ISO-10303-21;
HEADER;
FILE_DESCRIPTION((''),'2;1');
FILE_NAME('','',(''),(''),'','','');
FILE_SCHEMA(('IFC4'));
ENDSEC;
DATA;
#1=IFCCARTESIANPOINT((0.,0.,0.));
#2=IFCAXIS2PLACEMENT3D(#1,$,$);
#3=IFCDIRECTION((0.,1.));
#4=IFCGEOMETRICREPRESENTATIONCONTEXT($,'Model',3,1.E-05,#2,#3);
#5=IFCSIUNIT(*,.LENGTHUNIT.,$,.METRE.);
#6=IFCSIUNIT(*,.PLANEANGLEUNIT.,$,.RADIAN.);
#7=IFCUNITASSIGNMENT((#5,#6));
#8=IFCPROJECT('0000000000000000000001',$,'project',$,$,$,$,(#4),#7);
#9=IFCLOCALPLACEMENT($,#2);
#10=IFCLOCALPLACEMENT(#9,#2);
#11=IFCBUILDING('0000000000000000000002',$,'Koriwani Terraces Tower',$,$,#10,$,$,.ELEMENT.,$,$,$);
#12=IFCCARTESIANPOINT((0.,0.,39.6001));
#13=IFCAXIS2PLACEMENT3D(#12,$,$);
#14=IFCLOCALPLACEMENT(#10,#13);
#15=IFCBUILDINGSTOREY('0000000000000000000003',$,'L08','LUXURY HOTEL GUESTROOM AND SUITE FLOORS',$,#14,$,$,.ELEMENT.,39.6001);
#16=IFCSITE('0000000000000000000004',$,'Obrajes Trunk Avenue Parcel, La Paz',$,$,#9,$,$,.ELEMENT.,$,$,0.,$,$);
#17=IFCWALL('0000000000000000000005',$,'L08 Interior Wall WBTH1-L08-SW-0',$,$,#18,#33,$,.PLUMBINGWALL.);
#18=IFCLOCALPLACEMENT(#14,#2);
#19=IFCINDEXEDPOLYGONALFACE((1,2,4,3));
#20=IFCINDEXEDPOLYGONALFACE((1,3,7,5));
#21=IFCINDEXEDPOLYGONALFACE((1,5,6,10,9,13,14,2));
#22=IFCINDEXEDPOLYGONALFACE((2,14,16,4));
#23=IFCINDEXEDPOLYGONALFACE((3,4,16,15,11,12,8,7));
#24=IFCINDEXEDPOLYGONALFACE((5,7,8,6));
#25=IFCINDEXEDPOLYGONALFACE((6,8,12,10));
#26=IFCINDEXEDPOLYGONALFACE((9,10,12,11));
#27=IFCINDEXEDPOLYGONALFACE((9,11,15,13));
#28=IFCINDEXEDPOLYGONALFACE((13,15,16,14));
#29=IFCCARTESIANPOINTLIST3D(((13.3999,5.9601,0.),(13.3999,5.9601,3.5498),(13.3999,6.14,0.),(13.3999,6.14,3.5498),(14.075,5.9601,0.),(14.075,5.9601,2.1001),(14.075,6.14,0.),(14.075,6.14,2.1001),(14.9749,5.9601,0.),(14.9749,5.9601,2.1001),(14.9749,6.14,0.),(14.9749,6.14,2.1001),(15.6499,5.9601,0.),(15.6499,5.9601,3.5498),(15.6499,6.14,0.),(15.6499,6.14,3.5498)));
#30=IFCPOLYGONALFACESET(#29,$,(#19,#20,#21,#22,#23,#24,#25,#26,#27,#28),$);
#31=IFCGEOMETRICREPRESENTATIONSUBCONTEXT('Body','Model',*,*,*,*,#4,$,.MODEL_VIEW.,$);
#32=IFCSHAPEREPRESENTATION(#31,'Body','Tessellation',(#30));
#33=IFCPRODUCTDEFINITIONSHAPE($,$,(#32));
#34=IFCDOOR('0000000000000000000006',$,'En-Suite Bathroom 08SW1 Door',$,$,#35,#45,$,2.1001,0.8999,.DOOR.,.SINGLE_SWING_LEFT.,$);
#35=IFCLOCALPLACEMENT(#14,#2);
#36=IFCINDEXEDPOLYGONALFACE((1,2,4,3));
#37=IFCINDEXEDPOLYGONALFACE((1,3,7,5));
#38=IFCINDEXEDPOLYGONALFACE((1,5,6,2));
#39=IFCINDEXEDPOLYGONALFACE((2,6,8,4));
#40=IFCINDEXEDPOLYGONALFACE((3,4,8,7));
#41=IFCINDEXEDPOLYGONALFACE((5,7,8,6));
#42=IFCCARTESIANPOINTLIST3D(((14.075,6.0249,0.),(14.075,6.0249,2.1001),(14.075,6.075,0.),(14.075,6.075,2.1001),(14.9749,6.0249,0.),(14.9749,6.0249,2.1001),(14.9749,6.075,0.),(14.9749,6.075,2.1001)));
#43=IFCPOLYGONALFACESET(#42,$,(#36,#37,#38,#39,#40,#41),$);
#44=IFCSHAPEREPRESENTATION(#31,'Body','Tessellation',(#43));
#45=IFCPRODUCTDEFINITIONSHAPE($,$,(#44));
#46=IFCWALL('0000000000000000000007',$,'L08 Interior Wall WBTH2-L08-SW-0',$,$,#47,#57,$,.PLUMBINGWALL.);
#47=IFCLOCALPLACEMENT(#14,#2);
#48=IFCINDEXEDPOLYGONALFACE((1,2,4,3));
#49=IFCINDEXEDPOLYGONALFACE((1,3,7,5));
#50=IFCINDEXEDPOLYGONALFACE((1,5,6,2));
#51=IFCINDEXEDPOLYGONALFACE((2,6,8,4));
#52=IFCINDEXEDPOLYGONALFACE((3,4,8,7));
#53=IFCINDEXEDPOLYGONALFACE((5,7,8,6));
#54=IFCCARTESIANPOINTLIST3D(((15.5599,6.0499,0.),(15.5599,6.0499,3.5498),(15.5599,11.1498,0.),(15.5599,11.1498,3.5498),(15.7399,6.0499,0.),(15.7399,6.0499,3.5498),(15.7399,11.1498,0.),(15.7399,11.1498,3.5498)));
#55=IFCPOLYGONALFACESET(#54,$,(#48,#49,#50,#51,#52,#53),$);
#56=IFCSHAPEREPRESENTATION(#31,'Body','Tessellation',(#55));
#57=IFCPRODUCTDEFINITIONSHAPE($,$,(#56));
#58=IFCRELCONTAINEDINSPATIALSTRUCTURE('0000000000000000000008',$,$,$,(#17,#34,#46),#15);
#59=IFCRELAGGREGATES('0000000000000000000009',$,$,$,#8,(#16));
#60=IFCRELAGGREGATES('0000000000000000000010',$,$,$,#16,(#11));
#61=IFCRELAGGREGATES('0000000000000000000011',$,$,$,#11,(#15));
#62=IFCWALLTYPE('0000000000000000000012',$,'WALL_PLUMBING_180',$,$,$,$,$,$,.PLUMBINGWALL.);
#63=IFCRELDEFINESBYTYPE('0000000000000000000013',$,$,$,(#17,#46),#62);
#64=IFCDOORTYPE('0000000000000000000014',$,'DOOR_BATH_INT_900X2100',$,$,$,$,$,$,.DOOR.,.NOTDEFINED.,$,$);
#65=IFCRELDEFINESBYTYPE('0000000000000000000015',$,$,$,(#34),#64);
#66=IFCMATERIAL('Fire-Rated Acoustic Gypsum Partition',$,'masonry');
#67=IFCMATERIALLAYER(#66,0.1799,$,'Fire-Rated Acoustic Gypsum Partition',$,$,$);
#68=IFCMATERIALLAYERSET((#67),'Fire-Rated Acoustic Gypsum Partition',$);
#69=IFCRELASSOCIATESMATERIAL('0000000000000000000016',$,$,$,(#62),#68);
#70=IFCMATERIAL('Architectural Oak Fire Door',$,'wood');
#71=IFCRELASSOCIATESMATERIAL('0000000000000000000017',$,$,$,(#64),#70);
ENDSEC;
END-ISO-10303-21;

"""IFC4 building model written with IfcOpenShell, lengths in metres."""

from ifc_helpers import new_model, si_unit, direction, frame, frame_2d, origin, place, context, subcontext, project, spatial, rectangle, extrude, material, layer, layer_set, type_object, element, fill, save


model = new_model("IFC4")

# Units and contexts
model_context = context("Model", 3, precision=1e-05, world=origin(), true_north=direction((0.0, 1.0)))
body_context = subcontext(model_context, "Body", "Model", "MODEL_VIEW")
ifc_project = project(units=[si_unit("LENGTHUNIT", "METRE"), si_unit("PLANEANGLEUNIT", "RADIAN")], contexts=[model_context])

# Site, building, storey
site_placement = place(None, origin())
site = spatial("IfcSite", under=ifc_project, at=site_placement, Name="Obrajes Trunk Avenue Parcel, La Paz", CompositionType="ELEMENT", RefElevation=0.0)
building_placement = place(site_placement, origin())
building = spatial("IfcBuilding", under=site, at=building_placement, Name="Koriwani Terraces Tower", CompositionType="ELEMENT")
storey_placement = place(building_placement, frame((0.0, 0.0, 39.6001)))
storey = spatial("IfcBuildingStorey", under=building, at=storey_placement, Name="L08", Description="LUXURY HOTEL GUESTROOM AND SUITE FLOORS", CompositionType="ELEMENT", Elevation=39.6001)

# Shared definitions
ifc_material_1 = material(Name="Architectural Oak Fire Door", Category="wood")

# Shared definitions
ifc_material_2 = material(Name="Fire-Rated Acoustic Gypsum Partition", Category="masonry")
ifc_layer_1 = layer(ifc_material_2, 0.1799, Name="Fire-Rated Acoustic Gypsum Partition")
ifc_layer_set_1 = layer_set([ifc_layer_1], Name="Fire-Rated Acoustic Gypsum Partition")
wall_type_1 = type_object("IfcWallType", Name="WALL_PLUMBING_180", PredefinedType="PLUMBINGWALL", material=ifc_layer_set_1)
door_type_1 = type_object("IfcDoorType", Name="DOOR_BATH_INT_900X2100", OperationType="NOTDEFINED", PredefinedType="DOOR", material=ifc_material_1)

# Wall, opening, door
wall_1_placement = place(storey_placement, frame((13.3999, 6.05, 0.0), z_axis=(0.0, 0.0, 1.0), x_axis=(1.0, 0.0, 0.0)))
wall_1 = element("IfcWall", 1, at=wall_1_placement, inside=storey, type_object=wall_type_1, Name="L08 Interior Wall WBTH1-L08-SW-0", PredefinedType="PLUMBINGWALL", context=body_context, shape_type="SweptSolid", body=[
    extrude(rectangle(XDim=2.25, YDim=0.1799, at=frame_2d((1.125, 0.0))), origin(), (0.0, 0.0, 1.0), 3.5498),
])
opening_1_placement = place(wall_1_placement, frame((0.675, 0.0, 0.0)))
opening_1 = element("IfcOpeningElement", 2, at=opening_1_placement, cuts=wall_1, PredefinedType="OPENING", context=body_context, shape_type="SweptSolid", body=[
    extrude(rectangle(XDim=0.8999, YDim=2.1001, at=frame_2d((0.45, 1.05))), frame((0.0, 0.1001, 0.0), z_axis=(0.0, -1.0, 0.0), x_axis=(1.0, 0.0, 0.0)), (0.0, 0.0, 1.0), 0.2),
])
door_1_placement = place(opening_1_placement, origin())
door_1 = element("IfcDoor", 3, at=door_1_placement, inside=storey, type_object=door_type_1, Name="En-Suite Bathroom 08SW1 Door", OperationType="SINGLE_SWING_LEFT", OverallHeight=2.1001, OverallWidth=0.8999, PredefinedType="DOOR", context=body_context, shape_type="SweptSolid", body=[
    extrude(rectangle(XDim=0.8999, YDim=2.1001, at=frame_2d((0.45, 1.05))), frame((0.0, 0.0249, 0.0), z_axis=(0.0, -1.0, 0.0), x_axis=(1.0, 0.0, 0.0)), (0.0, 0.0, 1.0), 0.05),
])
fill(opening_1, door_1)

# Wall
wall_2_placement = place(storey_placement, frame((15.6499, 6.05, 0.0), z_axis=(0.0, 0.0, 1.0), x_axis=(0.0, 1.0, 0.0)))
element("IfcWall", 4, at=wall_2_placement, inside=storey, type_object=wall_type_1, Name="L08 Interior Wall WBTH2-L08-SW-0", PredefinedType="PLUMBINGWALL", context=body_context, shape_type="SweptSolid", body=[
    extrude(rectangle(XDim=5.0999, YDim=0.1799, at=frame_2d((2.5498, 0.0))), origin(), (0.0, 0.0, 1.0), 3.5498),
])

save(model, "model.ifc")
